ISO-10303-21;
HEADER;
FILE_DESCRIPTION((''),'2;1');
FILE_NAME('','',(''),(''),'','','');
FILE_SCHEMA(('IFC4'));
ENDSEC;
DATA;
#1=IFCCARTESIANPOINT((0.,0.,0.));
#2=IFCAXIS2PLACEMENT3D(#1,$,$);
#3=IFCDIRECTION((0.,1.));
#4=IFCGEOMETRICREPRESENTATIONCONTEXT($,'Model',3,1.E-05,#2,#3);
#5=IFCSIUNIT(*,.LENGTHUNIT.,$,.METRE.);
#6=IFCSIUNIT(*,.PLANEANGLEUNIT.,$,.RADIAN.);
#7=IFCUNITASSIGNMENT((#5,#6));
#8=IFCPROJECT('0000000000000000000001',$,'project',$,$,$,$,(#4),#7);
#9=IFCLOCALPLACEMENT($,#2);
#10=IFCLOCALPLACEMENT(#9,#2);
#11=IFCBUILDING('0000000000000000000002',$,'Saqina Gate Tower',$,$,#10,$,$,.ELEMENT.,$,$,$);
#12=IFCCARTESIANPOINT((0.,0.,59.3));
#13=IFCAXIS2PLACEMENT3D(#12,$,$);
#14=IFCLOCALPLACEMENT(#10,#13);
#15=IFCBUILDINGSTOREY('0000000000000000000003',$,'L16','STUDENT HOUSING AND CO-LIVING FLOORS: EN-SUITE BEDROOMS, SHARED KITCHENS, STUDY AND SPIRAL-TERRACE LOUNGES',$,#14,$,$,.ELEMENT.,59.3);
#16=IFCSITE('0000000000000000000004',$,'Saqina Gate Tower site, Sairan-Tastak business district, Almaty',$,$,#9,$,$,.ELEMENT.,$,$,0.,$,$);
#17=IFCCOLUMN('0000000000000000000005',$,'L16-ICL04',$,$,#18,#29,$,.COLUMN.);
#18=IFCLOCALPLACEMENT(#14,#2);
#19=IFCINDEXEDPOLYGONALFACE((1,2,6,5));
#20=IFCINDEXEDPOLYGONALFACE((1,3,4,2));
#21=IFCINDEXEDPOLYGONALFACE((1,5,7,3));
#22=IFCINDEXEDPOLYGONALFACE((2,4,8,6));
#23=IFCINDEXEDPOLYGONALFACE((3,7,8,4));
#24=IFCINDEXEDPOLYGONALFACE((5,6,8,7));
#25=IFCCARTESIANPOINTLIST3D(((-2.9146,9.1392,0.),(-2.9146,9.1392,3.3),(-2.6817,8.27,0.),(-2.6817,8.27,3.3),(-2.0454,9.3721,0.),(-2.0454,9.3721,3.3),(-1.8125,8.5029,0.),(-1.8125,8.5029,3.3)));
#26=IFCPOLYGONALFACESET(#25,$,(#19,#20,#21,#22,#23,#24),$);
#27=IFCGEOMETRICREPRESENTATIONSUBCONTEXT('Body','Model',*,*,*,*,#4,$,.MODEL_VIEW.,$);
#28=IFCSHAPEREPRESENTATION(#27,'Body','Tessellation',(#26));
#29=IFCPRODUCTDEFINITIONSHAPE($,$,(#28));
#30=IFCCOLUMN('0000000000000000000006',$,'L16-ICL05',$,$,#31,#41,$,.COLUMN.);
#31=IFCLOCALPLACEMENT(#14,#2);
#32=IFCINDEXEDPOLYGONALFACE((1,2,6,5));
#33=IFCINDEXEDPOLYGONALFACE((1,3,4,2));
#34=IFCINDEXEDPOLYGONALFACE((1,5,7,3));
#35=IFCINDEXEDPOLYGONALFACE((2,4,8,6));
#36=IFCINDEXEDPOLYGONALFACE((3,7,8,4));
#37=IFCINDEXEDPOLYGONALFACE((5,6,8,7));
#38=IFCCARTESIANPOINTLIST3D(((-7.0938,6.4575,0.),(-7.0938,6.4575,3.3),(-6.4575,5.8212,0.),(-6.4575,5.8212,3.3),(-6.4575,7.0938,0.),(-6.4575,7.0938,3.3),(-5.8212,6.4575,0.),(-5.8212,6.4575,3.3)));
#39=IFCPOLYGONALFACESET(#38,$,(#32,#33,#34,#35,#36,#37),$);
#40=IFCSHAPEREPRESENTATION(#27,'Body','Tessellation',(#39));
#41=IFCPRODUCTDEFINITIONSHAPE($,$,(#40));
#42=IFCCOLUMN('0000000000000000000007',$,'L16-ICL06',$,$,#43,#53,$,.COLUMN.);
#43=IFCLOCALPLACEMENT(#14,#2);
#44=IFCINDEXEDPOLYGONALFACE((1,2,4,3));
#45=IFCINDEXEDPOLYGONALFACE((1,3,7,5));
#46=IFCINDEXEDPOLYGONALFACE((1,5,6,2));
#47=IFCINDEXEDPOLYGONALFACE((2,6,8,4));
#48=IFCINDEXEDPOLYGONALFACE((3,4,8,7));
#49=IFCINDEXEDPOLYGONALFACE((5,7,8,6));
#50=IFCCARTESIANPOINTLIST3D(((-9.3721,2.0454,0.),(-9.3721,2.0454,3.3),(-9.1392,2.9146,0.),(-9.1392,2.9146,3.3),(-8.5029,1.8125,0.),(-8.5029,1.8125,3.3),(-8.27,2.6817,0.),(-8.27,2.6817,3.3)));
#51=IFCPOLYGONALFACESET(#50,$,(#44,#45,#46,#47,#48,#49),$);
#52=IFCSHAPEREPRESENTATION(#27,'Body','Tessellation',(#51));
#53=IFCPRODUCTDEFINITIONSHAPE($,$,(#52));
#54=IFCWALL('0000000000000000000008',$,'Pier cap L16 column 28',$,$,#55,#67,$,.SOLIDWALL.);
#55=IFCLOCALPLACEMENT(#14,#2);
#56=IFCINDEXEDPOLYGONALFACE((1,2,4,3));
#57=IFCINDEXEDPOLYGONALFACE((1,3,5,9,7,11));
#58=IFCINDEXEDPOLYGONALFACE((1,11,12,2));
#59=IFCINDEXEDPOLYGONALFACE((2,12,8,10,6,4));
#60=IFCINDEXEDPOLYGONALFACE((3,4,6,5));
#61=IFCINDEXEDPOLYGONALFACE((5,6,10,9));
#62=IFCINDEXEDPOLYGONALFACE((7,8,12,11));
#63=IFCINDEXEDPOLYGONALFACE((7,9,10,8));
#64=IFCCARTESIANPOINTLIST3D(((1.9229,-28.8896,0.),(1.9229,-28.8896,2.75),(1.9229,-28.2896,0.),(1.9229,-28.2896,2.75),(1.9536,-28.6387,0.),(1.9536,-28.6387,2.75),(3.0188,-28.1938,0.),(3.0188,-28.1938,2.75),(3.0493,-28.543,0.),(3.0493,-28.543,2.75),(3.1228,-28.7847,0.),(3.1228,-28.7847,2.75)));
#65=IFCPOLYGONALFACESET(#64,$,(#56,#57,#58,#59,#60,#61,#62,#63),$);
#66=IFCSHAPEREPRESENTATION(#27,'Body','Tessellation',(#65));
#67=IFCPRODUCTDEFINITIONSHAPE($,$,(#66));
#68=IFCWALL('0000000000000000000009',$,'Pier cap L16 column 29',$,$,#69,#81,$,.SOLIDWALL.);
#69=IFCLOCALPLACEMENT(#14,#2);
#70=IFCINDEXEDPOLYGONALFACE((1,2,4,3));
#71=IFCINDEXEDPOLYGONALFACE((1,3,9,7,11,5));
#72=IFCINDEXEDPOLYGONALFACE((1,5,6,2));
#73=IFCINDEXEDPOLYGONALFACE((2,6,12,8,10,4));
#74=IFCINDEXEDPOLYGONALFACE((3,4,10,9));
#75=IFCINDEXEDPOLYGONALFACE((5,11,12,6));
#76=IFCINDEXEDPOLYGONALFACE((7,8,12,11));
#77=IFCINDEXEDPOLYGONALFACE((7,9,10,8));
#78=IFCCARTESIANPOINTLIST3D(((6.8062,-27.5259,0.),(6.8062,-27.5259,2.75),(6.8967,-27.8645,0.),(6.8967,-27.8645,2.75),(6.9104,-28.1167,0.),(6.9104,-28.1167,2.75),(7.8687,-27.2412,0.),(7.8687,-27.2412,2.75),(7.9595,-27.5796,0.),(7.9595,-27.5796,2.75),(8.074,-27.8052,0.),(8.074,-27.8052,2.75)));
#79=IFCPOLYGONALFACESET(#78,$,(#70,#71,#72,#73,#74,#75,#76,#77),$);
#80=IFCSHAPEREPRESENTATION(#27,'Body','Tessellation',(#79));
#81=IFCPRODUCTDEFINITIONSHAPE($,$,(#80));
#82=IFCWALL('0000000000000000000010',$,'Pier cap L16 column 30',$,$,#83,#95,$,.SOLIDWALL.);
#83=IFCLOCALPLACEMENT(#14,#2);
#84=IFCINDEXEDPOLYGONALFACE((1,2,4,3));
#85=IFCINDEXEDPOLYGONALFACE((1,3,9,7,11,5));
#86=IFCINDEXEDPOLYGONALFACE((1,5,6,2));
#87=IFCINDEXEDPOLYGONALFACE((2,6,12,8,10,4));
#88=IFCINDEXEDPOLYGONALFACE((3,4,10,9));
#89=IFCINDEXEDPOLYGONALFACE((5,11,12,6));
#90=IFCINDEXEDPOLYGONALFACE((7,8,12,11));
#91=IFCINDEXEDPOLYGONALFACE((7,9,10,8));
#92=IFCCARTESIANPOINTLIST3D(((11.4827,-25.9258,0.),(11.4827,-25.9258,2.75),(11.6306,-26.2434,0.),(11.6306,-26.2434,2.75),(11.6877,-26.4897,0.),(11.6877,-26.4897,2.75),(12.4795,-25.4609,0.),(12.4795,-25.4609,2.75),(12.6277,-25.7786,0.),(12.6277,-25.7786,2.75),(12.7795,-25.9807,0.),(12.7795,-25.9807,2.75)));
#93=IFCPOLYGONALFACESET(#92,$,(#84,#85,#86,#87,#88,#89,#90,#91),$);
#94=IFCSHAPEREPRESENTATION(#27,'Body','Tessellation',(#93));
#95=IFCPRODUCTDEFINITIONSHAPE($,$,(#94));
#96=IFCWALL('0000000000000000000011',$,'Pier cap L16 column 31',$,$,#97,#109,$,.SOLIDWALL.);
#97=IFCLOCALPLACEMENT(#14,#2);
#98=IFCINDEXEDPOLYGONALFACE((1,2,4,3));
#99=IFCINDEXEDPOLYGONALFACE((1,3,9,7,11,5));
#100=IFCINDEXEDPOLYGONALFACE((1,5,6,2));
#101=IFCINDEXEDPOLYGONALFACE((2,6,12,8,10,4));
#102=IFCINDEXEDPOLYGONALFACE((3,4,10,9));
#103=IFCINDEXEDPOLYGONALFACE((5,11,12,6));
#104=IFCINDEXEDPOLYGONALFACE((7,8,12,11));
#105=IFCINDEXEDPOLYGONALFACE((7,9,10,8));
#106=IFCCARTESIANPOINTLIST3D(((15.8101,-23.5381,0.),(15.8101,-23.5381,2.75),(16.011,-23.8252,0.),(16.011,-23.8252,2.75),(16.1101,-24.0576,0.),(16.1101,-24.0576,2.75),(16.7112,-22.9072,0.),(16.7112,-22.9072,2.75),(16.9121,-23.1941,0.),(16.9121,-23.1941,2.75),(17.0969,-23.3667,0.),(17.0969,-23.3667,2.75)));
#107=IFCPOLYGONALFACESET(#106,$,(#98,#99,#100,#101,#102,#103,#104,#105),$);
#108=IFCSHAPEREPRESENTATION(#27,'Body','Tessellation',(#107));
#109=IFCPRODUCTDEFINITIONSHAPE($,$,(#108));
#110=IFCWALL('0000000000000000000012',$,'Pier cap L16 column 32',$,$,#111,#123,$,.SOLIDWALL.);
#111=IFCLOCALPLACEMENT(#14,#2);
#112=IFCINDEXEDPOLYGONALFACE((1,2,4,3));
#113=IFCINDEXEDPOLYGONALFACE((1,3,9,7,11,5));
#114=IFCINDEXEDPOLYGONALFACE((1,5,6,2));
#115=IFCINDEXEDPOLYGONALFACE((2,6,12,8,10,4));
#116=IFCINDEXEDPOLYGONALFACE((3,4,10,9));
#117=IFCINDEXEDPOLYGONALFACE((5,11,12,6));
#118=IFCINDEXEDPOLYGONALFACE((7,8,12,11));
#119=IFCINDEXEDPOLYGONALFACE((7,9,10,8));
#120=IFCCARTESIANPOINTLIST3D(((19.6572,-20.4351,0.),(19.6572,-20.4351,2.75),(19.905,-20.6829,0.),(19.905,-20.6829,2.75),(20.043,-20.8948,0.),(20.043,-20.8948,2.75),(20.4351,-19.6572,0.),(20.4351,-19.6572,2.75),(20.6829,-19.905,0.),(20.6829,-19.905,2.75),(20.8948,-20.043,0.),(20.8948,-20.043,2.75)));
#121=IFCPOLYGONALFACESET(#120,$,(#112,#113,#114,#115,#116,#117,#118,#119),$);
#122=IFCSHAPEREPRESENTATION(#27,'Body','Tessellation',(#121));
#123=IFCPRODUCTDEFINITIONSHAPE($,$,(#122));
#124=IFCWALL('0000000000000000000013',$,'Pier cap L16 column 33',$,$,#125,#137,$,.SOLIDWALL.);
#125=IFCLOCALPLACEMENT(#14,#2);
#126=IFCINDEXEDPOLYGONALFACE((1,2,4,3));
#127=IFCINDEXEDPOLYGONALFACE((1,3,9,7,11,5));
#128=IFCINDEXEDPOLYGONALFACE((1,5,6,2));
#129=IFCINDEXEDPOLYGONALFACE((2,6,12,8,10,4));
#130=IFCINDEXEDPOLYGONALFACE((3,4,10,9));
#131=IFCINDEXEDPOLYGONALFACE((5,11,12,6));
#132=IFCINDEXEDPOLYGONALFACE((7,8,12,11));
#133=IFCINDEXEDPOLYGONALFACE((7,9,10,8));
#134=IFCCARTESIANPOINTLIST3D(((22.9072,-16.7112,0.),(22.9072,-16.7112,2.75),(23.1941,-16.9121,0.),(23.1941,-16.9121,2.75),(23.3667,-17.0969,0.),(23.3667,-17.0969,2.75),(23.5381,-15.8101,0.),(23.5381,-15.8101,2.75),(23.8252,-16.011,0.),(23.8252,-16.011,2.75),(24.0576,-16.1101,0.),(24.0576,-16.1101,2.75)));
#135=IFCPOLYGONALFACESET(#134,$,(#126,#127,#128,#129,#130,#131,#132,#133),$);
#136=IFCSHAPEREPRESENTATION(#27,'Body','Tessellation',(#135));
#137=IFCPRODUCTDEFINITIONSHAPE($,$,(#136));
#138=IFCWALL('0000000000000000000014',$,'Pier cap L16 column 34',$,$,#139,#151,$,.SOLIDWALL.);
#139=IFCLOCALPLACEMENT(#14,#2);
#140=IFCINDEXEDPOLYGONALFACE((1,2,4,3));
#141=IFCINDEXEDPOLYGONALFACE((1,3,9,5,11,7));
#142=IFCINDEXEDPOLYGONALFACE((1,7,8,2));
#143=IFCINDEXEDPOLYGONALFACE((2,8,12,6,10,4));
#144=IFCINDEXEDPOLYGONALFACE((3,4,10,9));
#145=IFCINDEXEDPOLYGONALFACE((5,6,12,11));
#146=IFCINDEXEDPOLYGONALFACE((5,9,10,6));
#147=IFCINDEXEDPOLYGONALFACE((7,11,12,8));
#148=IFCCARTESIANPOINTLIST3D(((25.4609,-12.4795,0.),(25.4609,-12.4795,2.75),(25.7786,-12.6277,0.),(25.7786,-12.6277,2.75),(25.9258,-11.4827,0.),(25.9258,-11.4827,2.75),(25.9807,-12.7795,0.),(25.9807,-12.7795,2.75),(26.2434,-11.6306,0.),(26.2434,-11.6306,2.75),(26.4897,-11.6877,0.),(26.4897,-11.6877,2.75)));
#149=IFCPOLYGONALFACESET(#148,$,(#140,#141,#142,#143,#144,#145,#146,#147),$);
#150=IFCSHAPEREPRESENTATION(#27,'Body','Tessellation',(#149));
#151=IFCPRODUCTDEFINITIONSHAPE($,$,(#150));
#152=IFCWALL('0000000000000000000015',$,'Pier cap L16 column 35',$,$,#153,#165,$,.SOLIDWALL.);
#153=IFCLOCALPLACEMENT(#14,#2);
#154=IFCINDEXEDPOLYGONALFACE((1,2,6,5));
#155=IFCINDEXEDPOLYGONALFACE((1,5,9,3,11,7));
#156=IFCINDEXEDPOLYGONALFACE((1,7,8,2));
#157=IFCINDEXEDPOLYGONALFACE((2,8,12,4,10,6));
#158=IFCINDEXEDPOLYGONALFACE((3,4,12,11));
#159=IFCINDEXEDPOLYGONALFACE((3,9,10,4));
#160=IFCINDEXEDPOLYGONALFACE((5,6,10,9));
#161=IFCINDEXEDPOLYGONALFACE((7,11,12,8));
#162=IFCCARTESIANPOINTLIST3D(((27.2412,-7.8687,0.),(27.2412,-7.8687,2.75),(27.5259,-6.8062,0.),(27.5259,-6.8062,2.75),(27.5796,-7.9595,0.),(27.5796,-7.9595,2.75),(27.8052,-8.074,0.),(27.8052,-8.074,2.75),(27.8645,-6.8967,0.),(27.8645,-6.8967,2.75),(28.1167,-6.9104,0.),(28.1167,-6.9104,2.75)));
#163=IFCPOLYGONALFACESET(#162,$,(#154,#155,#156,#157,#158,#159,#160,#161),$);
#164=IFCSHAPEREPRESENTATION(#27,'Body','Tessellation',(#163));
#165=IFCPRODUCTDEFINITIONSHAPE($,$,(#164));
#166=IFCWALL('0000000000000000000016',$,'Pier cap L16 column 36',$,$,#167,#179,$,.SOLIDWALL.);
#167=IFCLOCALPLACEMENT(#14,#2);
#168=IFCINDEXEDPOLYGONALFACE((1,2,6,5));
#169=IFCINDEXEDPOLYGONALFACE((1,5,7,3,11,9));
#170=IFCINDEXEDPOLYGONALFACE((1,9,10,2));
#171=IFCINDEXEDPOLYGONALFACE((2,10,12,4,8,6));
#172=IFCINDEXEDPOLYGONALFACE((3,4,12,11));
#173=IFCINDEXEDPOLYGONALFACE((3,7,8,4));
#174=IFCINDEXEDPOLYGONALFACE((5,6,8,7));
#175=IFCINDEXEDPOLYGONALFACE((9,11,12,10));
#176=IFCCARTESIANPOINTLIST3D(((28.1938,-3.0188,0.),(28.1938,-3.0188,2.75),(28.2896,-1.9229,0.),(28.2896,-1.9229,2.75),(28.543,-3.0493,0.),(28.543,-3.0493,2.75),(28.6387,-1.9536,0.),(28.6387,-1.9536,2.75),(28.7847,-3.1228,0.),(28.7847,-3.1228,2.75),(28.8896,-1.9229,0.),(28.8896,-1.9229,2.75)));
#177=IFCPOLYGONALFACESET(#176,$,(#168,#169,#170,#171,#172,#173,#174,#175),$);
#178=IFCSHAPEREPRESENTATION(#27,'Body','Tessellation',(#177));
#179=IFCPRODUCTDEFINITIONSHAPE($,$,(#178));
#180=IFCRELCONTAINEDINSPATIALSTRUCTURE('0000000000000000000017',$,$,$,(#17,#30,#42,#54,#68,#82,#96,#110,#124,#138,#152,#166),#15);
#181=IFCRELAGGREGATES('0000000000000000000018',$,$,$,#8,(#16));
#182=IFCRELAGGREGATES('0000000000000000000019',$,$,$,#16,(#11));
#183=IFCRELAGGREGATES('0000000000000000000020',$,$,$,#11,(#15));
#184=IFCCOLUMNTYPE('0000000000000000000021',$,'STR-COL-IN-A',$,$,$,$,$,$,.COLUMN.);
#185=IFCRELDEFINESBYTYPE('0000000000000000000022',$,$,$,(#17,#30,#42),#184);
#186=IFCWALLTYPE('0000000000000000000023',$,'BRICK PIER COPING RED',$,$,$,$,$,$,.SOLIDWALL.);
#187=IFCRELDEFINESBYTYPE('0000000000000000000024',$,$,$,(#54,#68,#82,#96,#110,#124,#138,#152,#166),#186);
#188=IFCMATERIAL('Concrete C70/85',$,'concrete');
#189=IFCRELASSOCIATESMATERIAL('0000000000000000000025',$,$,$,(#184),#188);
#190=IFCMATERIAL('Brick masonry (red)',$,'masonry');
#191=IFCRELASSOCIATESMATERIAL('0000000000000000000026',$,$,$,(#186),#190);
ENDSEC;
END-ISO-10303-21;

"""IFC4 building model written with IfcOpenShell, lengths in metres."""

from ifc_helpers import new_model, si_unit, direction, frame, origin, origin_2d, place, context, subcontext, project, spatial, polyline, rectangle, outline, extrude, material, material_profile, profile_set, type_object, element, save


model = new_model("IFC4")

# Units and contexts
model_context = context("Model", 3, precision=1e-05, world=origin(), true_north=direction((0.0, 1.0)))
body_context = subcontext(model_context, "Body", "Model", "MODEL_VIEW")
ifc_project = project(units=[si_unit("LENGTHUNIT", "METRE"), si_unit("PLANEANGLEUNIT", "RADIAN")], contexts=[model_context])

# Site, building, storey
site_placement = place(None, origin())
site = spatial("IfcSite", under=ifc_project, at=site_placement, Name="Saqina Gate Tower site, Sairan-Tastak business district, Almaty", CompositionType="ELEMENT", RefElevation=0.0)
building_placement = place(site_placement, origin())
building = spatial("IfcBuilding", under=site, at=building_placement, Name="Saqina Gate Tower", CompositionType="ELEMENT")
storey_placement = place(building_placement, frame((0.0, 0.0, 59.3)))
storey = spatial("IfcBuildingStorey", under=building, at=storey_placement, Name="L16", Description="STUDENT HOUSING AND CO-LIVING FLOORS: EN-SUITE BEDROOMS, SHARED KITCHENS, STUDY AND SPIRAL-TERRACE LOUNGES", CompositionType="ELEMENT", Elevation=59.3)

# Columns
ifc_material_1 = material(Name="Concrete C70/85", Category="concrete")
ifc_material_profile = material_profile(ifc_material_1, rectangle(XDim=0.8999, YDim=0.8999, at=origin_2d()), Name="RC 900x900")
ifc_profile_set = profile_set([ifc_material_profile], Name="Concrete C70/85")
column_type = type_object("IfcColumnType", Name="STR-COL-IN-A", PredefinedType="COLUMN", material=ifc_profile_set)
for number, where, z_axis, x_axis, name in (
    (1, (-2.3635, 8.821, 0.0), (0.0, 0.0, 1.0), (-0.258819, 0.965926, 0.0), "L16-ICL04"),
    (2, (-6.4575, 6.4575, 0.0), (0.0, 0.0, 1.0), (-0.707107, 0.707107, 0.0), "L16-ICL05"),
    (3, (-8.821, 2.3635, 0.0), (0.0, 0.0, 1.0), (-0.965926, 0.258819, 0.0), "L16-ICL06"),
):
    element("IfcColumn", number, at=place(storey_placement, frame(where, z_axis=z_axis, x_axis=x_axis)), inside=storey, type_object=column_type, Name=name, PredefinedType="COLUMN", context=body_context, shape_type="SweptSolid", body=[
        extrude(rectangle(XDim=0.8999, YDim=0.8999, at=origin_2d()), origin(), (0.0, 0.0, 1.0), 3.3),
    ])

# Walls
ifc_material_2 = material(Name="Brick masonry (red)", Category="masonry")
wall_type_1 = type_object("IfcWallType", Name="BRICK PIER COPING RED", PredefinedType="SOLIDWALL", material=ifc_material_2)
wall_1_placement = place(storey_placement, origin())
element("IfcWall", 4, at=wall_1_placement, inside=storey, type_object=wall_type_1, Name="Pier cap L16 column 28", PredefinedType="SOLIDWALL", context=body_context, shape_type="SweptSolid", body=[
    extrude(outline(polyline([(1.9229, -28.8896), (3.1228, -28.7847), (3.0188, -28.1938), (3.0493, -28.543), (1.9536, -28.6387), (1.9229, -28.2896), (1.9229, -28.8896)])), origin(), (0.0, 0.0, 1.0), 2.75),
])
wall_2_placement = place(storey_placement, origin())
element("IfcWall", 5, at=wall_2_placement, inside=storey, type_object=wall_type_1, Name="Pier cap L16 column 29", PredefinedType="SOLIDWALL", context=body_context, shape_type="SweptSolid", body=[
    extrude(outline(polyline([(6.9104, -28.1167), (8.074, -27.8052), (7.8687, -27.2412), (7.9595, -27.5796), (6.8967, -27.8645), (6.8062, -27.5259), (6.9104, -28.1167)])), origin(), (0.0, 0.0, 1.0), 2.75),
])
wall_3_placement = place(storey_placement, origin())
element("IfcWall", 6, at=wall_3_placement, inside=storey, type_object=wall_type_1, Name="Pier cap L16 column 30", PredefinedType="SOLIDWALL", context=body_context, shape_type="SweptSolid", body=[
    extrude(outline(polyline([(12.7795, -25.9807), (12.4795, -25.4609), (12.6277, -25.7786), (11.6306, -26.2434), (11.4827, -25.9258), (11.6877, -26.4897), (12.7795, -25.9807)])), origin(), (0.0, 0.0, 1.0), 2.75),
])
wall_4_placement = place(storey_placement, origin())
element("IfcWall", 7, at=wall_4_placement, inside=storey, type_object=wall_type_1, Name="Pier cap L16 column 31", PredefinedType="SOLIDWALL", context=body_context, shape_type="SweptSolid", body=[
    extrude(outline(polyline([(16.1101, -24.0576), (17.0969, -23.3667), (16.7112, -22.9072), (16.9121, -23.1941), (16.011, -23.8252), (15.8101, -23.5381), (16.1101, -24.0576)])), origin(), (0.0, 0.0, 1.0), 2.75),
])
wall_5_placement = place(storey_placement, origin())
element("IfcWall", 8, at=wall_5_placement, inside=storey, type_object=wall_type_1, Name="Pier cap L16 column 32", PredefinedType="SOLIDWALL", context=body_context, shape_type="SweptSolid", body=[
    extrude(outline(polyline([(20.8948, -20.043), (20.4351, -19.6572), (20.6829, -19.905), (19.905, -20.6829), (19.6572, -20.4351), (20.043, -20.8948), (20.8948, -20.043)])), origin(), (0.0, 0.0, 1.0), 2.75),
])
wall_6_placement = place(storey_placement, origin())
element("IfcWall", 9, at=wall_6_placement, inside=storey, type_object=wall_type_1, Name="Pier cap L16 column 33", PredefinedType="SOLIDWALL", context=body_context, shape_type="SweptSolid", body=[
    extrude(outline(polyline([(23.3667, -17.0969), (24.0576, -16.1101), (23.5381, -15.8101), (23.8252, -16.011), (23.1941, -16.9121), (22.9072, -16.7112), (23.3667, -17.0969)])), origin(), (0.0, 0.0, 1.0), 2.75),
])
wall_7_placement = place(storey_placement, origin())
element("IfcWall", 10, at=wall_7_placement, inside=storey, type_object=wall_type_1, Name="Pier cap L16 column 34", PredefinedType="SOLIDWALL", context=body_context, shape_type="SweptSolid", body=[
    extrude(outline(polyline([(26.4897, -11.6877), (25.9258, -11.4827), (26.2434, -11.6306), (25.7786, -12.6277), (25.4609, -12.4795), (25.9807, -12.7795), (26.4897, -11.6877)])), origin(), (0.0, 0.0, 1.0), 2.75),
])
wall_8_placement = place(storey_placement, origin())
element("IfcWall", 11, at=wall_8_placement, inside=storey, type_object=wall_type_1, Name="Pier cap L16 column 35", PredefinedType="SOLIDWALL", context=body_context, shape_type="SweptSolid", body=[
    extrude(outline(polyline([(28.1167, -6.9104), (27.5259, -6.8062), (27.8645, -6.8967), (27.5796, -7.9595), (27.2412, -7.8687), (27.8052, -8.074), (28.1167, -6.9104)])), origin(), (0.0, 0.0, 1.0), 2.75),
])
wall_9_placement = place(storey_placement, origin())
element("IfcWall", 12, at=wall_9_placement, inside=storey, type_object=wall_type_1, Name="Pier cap L16 column 36", PredefinedType="SOLIDWALL", context=body_context, shape_type="SweptSolid", body=[
    extrude(outline(polyline([(28.7847, -3.1228), (28.8896, -1.9229), (28.2896, -1.9229), (28.6387, -1.9536), (28.543, -3.0493), (28.1938, -3.0188), (28.7847, -3.1228)])), origin(), (0.0, 0.0, 1.0), 2.75),
])

save(model, "model.ifc")
